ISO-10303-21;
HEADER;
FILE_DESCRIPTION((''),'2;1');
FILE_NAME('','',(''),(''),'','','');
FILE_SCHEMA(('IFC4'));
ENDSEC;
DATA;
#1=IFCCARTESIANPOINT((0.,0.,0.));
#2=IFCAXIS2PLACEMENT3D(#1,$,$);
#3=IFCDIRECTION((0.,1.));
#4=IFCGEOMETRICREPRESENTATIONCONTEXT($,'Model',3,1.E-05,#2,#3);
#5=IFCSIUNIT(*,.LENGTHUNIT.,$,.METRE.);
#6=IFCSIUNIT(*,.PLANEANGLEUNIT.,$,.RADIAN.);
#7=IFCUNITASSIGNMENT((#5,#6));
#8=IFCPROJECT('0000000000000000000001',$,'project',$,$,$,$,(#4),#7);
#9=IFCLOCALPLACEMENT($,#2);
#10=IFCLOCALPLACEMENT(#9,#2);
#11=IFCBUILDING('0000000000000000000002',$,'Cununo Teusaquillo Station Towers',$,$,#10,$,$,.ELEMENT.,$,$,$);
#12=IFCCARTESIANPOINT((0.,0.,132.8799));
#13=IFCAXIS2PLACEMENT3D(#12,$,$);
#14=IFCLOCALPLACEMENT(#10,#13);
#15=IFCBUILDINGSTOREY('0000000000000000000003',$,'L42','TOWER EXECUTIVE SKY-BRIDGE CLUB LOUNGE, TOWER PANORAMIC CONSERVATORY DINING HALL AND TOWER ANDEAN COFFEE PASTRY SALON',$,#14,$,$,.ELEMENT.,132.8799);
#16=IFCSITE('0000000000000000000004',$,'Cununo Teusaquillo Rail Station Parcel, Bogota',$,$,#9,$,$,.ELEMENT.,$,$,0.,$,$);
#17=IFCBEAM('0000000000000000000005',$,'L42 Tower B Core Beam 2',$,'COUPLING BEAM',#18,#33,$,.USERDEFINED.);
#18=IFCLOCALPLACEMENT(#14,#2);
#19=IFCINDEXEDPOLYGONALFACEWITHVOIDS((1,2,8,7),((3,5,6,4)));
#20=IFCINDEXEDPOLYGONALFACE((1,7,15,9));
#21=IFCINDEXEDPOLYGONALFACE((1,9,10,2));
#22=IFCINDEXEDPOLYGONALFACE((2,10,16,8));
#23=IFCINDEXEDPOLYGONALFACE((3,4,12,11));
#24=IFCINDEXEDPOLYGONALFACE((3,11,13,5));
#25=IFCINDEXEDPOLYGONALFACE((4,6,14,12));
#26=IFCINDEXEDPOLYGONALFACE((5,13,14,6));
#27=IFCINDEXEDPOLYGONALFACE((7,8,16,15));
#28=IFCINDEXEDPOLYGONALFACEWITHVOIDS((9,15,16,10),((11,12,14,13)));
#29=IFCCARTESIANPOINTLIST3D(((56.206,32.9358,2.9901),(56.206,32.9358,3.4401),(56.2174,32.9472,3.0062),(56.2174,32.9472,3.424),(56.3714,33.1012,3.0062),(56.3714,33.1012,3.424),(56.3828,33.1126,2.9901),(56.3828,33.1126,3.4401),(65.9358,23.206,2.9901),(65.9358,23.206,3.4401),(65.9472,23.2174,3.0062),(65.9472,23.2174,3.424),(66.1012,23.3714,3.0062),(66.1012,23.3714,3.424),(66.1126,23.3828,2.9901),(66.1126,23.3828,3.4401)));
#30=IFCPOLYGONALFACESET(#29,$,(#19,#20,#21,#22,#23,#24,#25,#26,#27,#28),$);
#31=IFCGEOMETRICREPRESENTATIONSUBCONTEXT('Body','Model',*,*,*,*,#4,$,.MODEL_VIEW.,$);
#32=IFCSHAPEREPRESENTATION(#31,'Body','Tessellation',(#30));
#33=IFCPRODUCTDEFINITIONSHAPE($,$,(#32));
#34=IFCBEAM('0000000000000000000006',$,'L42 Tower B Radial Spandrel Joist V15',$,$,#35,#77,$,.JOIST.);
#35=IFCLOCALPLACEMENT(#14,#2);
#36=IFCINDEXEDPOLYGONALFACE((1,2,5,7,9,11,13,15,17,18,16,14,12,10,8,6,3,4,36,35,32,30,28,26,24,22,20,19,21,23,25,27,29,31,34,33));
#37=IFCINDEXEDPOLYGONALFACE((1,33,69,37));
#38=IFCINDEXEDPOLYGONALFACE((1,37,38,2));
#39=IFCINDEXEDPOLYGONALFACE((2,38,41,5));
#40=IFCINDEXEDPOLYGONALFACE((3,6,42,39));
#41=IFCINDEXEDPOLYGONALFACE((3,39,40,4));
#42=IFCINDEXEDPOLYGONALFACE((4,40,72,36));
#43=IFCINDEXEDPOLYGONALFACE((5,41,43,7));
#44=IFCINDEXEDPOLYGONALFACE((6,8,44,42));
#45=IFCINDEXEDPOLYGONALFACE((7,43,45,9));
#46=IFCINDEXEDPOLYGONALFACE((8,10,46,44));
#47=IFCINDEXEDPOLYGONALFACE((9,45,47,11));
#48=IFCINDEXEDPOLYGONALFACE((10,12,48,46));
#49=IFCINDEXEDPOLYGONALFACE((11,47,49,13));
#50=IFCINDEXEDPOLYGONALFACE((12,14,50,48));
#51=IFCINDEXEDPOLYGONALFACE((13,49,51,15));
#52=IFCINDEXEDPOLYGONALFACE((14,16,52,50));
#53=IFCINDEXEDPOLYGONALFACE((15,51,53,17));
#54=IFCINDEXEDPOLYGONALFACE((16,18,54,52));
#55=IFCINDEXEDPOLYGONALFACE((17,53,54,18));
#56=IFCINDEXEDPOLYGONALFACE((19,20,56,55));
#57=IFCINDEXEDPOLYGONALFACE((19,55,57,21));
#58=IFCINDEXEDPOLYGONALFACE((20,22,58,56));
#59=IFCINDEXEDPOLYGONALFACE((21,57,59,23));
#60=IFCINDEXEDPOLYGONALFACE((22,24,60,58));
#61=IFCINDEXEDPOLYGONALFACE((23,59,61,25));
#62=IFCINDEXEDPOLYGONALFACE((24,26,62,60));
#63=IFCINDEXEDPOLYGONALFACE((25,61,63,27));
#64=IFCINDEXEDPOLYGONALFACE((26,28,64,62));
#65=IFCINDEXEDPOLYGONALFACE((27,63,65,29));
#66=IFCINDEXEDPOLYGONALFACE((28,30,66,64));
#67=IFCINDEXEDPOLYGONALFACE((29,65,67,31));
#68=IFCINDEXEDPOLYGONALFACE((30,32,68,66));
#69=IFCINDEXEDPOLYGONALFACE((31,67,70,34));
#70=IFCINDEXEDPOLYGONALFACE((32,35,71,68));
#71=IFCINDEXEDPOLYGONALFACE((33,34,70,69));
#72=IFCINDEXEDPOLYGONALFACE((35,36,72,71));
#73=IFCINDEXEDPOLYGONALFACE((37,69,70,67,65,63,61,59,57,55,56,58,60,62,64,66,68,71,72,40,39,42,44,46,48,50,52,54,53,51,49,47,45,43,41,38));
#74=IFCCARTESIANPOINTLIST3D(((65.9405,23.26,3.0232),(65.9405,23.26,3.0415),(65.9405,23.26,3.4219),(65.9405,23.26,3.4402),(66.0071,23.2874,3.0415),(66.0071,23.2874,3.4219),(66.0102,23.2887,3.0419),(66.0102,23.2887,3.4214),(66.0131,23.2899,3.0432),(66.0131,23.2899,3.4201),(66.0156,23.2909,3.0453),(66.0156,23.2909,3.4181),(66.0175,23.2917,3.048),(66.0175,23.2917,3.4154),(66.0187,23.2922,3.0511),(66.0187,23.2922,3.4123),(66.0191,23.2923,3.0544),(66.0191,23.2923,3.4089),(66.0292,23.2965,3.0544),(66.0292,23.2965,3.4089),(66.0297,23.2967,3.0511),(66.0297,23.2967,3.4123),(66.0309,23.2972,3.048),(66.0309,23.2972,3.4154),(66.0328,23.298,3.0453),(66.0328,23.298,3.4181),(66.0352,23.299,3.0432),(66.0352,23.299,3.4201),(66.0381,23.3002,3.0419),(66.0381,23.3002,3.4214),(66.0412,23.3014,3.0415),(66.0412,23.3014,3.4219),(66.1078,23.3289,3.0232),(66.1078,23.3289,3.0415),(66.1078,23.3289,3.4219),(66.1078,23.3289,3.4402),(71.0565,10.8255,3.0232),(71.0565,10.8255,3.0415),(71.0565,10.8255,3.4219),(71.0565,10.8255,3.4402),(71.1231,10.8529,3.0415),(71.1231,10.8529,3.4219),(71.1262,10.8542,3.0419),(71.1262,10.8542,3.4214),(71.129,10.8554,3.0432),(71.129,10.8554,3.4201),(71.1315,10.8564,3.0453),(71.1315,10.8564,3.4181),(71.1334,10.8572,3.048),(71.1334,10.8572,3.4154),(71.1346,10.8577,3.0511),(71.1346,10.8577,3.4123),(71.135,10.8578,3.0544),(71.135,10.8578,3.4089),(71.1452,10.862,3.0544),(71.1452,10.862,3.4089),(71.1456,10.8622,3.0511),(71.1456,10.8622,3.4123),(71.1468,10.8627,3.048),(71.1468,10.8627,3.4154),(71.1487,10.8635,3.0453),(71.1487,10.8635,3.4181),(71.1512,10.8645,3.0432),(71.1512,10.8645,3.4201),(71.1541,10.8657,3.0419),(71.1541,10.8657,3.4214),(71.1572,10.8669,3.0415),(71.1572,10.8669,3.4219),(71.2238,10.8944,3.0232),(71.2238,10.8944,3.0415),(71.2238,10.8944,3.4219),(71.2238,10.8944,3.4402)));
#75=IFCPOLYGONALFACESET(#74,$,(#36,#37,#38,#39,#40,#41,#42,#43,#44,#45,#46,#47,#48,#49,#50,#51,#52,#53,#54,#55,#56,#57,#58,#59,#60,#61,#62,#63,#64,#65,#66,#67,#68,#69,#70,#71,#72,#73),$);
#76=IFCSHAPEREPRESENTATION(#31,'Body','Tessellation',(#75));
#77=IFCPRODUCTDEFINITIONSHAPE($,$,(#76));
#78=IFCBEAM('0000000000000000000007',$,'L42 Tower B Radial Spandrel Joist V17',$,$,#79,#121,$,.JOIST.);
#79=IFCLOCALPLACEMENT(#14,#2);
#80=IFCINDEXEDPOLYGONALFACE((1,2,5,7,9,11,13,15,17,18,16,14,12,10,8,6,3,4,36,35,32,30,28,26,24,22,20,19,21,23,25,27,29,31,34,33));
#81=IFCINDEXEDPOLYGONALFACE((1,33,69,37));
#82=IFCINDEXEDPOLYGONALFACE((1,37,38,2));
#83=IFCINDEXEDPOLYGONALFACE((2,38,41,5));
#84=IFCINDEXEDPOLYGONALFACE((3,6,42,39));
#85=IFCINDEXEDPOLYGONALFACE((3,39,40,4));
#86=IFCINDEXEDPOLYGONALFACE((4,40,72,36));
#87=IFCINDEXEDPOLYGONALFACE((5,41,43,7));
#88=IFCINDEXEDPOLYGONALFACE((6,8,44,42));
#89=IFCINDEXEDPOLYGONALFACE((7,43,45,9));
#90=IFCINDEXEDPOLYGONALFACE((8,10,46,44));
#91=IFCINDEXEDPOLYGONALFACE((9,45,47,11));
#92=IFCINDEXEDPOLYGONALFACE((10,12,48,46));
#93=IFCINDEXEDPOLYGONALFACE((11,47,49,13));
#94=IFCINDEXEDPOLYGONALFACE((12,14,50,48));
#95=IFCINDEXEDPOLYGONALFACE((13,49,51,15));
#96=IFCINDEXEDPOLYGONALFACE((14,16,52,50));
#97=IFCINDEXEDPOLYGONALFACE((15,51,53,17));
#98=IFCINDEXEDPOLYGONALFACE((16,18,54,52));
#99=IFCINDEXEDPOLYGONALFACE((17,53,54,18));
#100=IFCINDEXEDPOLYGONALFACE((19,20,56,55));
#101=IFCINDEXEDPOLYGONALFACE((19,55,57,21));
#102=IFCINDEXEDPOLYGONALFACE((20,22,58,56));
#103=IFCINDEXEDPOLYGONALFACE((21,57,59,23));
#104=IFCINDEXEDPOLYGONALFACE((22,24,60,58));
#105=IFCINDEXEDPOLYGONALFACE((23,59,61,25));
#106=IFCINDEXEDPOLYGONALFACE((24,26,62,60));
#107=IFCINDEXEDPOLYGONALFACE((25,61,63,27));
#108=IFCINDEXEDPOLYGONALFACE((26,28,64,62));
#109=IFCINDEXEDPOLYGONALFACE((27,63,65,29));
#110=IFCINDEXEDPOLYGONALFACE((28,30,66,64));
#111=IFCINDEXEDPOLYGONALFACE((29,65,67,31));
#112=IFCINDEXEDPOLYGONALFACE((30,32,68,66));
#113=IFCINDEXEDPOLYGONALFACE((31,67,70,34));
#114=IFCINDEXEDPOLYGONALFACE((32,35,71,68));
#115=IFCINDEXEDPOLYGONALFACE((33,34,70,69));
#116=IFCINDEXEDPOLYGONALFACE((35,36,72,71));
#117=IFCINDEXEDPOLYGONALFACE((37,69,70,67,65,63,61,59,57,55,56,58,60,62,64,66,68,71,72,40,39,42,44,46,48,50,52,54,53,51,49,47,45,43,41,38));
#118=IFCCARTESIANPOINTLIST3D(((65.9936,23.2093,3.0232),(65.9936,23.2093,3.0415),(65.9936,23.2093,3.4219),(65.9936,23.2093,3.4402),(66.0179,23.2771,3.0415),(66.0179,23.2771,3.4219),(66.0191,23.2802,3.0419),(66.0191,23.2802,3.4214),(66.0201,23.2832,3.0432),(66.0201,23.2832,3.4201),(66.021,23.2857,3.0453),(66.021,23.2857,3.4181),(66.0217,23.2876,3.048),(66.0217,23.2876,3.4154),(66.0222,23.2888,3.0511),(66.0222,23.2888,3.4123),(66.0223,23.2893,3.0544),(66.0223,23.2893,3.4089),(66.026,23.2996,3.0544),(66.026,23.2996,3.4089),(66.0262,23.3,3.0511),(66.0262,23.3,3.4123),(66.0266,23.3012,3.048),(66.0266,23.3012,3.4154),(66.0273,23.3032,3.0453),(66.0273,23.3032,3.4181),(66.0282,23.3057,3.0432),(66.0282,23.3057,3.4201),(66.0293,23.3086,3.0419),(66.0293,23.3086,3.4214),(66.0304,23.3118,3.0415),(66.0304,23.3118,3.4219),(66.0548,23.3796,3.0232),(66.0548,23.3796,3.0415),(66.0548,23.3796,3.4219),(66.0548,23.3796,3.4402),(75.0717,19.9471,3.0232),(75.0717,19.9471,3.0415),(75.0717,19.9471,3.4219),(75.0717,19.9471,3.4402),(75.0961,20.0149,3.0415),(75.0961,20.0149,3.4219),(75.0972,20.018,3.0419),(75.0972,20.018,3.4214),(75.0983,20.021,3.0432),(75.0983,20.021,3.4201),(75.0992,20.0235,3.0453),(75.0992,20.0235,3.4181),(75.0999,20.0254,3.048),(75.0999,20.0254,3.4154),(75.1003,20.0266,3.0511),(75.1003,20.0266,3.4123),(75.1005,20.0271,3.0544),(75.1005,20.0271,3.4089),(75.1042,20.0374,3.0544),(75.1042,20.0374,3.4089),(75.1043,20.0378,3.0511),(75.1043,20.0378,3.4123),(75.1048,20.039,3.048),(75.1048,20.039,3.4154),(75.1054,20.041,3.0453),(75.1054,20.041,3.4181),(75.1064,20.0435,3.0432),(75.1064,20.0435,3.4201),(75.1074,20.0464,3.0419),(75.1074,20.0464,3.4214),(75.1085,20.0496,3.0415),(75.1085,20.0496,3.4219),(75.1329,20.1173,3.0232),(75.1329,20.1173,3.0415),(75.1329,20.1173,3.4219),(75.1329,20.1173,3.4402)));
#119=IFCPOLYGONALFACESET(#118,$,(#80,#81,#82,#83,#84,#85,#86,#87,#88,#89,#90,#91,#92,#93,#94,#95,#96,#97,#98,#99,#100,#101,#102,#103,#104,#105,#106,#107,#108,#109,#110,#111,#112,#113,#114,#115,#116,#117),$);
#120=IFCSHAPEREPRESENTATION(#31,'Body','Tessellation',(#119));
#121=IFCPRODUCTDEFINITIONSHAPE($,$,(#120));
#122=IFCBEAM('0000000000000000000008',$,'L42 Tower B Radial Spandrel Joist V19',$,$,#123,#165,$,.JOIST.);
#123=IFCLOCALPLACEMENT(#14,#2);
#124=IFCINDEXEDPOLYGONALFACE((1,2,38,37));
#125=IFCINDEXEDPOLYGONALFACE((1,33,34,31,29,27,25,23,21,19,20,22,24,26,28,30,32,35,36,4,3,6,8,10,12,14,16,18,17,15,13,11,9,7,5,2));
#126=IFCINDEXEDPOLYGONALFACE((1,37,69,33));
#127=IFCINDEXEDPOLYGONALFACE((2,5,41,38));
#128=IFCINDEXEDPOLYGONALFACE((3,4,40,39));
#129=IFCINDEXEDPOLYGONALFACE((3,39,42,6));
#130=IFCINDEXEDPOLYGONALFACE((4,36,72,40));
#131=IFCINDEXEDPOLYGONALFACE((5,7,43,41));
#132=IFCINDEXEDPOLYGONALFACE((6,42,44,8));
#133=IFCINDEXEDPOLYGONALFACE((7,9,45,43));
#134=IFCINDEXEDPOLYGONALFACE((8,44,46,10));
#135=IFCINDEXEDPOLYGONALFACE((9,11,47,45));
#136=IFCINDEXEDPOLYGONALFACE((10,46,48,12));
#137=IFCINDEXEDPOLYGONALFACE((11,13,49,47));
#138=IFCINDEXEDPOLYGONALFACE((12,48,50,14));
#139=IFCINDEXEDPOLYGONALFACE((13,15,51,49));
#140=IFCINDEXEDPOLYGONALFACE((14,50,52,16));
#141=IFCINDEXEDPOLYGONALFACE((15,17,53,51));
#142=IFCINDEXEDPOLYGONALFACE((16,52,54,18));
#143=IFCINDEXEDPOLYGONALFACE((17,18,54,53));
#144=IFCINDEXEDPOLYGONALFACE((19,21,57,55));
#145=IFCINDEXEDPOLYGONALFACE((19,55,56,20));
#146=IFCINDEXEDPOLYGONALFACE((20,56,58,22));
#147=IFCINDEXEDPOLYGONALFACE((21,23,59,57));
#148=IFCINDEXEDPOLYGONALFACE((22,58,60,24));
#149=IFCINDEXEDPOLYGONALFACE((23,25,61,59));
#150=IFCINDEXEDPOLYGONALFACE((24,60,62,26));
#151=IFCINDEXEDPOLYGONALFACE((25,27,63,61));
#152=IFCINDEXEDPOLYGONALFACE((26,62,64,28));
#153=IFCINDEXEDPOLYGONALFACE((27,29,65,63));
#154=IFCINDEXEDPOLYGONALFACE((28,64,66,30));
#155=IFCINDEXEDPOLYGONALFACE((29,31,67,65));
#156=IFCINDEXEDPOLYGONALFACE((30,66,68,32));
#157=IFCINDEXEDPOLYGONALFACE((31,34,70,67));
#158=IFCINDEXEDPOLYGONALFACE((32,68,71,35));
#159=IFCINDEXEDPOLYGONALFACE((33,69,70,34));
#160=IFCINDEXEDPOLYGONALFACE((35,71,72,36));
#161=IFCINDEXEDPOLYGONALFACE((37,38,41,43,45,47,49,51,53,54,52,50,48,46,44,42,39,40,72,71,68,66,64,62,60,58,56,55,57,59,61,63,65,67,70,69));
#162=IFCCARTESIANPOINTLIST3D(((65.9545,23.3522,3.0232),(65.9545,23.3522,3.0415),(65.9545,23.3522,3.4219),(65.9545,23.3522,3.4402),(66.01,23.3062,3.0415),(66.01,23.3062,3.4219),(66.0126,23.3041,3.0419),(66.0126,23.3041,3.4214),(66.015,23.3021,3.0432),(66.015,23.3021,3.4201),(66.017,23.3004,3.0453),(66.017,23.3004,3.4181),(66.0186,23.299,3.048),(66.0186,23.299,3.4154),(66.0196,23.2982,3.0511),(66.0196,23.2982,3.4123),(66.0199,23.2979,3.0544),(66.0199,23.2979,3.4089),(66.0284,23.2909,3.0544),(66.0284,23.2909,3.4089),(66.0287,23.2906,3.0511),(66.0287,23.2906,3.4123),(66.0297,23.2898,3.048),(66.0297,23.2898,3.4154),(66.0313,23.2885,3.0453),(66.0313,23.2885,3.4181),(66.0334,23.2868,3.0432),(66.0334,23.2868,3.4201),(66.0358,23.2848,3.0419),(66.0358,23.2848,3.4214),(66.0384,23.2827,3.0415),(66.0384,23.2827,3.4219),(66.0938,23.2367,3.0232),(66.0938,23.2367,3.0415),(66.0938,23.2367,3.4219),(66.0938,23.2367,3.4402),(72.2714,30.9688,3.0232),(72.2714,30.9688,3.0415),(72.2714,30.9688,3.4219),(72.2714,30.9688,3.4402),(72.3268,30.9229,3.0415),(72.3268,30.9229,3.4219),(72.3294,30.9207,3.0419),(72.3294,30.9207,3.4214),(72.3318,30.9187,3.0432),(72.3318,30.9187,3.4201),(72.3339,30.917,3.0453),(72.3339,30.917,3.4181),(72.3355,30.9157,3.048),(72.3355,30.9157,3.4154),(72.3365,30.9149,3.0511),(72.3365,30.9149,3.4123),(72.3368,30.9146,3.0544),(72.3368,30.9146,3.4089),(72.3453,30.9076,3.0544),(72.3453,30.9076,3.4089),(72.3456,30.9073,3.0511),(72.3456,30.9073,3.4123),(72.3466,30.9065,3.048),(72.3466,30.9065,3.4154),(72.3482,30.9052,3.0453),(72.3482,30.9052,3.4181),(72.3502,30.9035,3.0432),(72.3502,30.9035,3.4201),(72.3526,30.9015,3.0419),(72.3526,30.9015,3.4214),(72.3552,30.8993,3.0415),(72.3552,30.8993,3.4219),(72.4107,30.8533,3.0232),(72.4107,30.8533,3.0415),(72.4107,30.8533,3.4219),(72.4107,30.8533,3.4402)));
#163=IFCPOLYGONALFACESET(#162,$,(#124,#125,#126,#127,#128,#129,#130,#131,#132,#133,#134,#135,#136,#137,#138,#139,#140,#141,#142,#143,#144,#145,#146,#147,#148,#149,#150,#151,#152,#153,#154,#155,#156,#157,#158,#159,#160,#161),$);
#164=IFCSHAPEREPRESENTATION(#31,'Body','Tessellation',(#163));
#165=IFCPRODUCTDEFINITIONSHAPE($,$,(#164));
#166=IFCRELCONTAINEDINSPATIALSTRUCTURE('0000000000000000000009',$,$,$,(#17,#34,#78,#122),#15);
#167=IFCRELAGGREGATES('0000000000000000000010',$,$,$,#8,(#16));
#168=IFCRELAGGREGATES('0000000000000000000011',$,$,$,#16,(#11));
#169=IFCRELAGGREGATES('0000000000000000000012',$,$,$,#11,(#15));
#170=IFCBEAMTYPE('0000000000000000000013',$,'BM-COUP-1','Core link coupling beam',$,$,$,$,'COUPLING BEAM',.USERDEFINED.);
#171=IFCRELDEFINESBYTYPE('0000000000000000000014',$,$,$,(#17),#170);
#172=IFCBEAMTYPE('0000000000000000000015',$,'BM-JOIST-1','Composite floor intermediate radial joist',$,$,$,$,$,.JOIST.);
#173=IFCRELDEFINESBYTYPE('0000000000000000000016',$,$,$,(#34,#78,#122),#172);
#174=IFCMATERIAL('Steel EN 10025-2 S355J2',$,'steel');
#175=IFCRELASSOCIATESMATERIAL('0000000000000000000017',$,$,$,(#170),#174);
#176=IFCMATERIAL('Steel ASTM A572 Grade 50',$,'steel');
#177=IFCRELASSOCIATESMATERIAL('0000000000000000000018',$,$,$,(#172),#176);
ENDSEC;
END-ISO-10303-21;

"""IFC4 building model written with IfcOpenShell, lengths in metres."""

from ifc_helpers import new_model, si_unit, direction, frame, origin, origin_2d, place, context, subcontext, project, spatial, hollow_rectangle, i_section, extrude, material, material_profile, profile_set, type_object, element, save


model = new_model("IFC4")

# Units and contexts
model_context = context("Model", 3, precision=1e-05, world=origin(), true_north=direction((0.0, 1.0)))
body_context = subcontext(model_context, "Body", "Model", "MODEL_VIEW")
ifc_project = project(units=[si_unit("LENGTHUNIT", "METRE"), si_unit("PLANEANGLEUNIT", "RADIAN")], contexts=[model_context])

# Site, building, storey
site_placement = place(None, origin())
site = spatial("IfcSite", under=ifc_project, at=site_placement, Name="Cununo Teusaquillo Rail Station Parcel, Bogota", CompositionType="ELEMENT", RefElevation=0.0)
building_placement = place(site_placement, origin())
building = spatial("IfcBuilding", under=site, at=building_placement, Name="Cununo Teusaquillo Station Towers", CompositionType="ELEMENT")
storey_placement = place(building_placement, frame((0.0, 0.0, 132.8799)))
storey = spatial("IfcBuildingStorey", under=building, at=storey_placement, Name="L42", Description="TOWER EXECUTIVE SKY-BRIDGE CLUB LOUNGE, TOWER PANORAMIC CONSERVATORY DINING HALL AND TOWER ANDEAN COFFEE PASTRY SALON", CompositionType="ELEMENT", Elevation=132.8799)

# Beams
ifc_material_1 = material(Name="Steel EN 10025-2 S355J2", Category="steel")
ifc_material_profile_1 = material_profile(ifc_material_1, hollow_rectangle(XDim=0.25, YDim=0.45, WallThickness=0.0161, at=origin_2d()), Name="RHS 450x250x16")
ifc_profile_set_1 = profile_set([ifc_material_profile_1], Name="Steel EN 10025-2 S355J2")
beam_type_1 = type_object("IfcBeamType", Name="BM-COUP-1", Description="Core link coupling beam", ElementType="COUPLING BEAM", PredefinedType="USERDEFINED", material=ifc_profile_set_1)
beam_1_placement = place(storey_placement, frame((66.0242, 23.2944, 3.2151), z_axis=(-0.707107, 0.707107, 0.0), x_axis=(-0.707107, -0.707107, 0.0)))
element("IfcBeam", 1, at=beam_1_placement, inside=storey, type_object=beam_type_1, Name="L42 Tower B Core Beam 2", ObjectType="COUPLING BEAM", PredefinedType="USERDEFINED", context=body_context, shape_type="SweptSolid", body=[
    extrude(hollow_rectangle(XDim=0.25, YDim=0.45, WallThickness=0.0161, at=origin_2d()), origin(), (0.0, 0.0, 1.0), 13.76),
])
ifc_material_2 = material(Name="Steel ASTM A572 Grade 50", Category="steel")
ifc_material_profile_2 = material_profile(ifc_material_2, i_section(OverallWidth=0.1809, OverallDepth=0.417, WebThickness=0.011, FlangeThickness=0.0183, FilletRadius=0.0129, at=origin_2d()), Name="W16X57")
ifc_profile_set_2 = profile_set([ifc_material_profile_2], Name="Steel ASTM A572 Grade 50")
beam_type_2 = type_object("IfcBeamType", Name="BM-JOIST-1", Description="Composite floor intermediate radial joist", PredefinedType="JOIST", material=ifc_profile_set_2)
beam_2_placement = place(storey_placement, frame((66.0242, 23.2944, 3.2317), z_axis=(0.380486, -0.924787, 0.0), x_axis=(0.924787, 0.380486, 0.0)))
element("IfcBeam", 2, at=beam_2_placement, inside=storey, type_object=beam_type_2, Name="L42 Tower B Radial Spandrel Joist V15", PredefinedType="JOIST", context=body_context, shape_type="SweptSolid", body=[
    extrude(i_section(OverallWidth=0.1809, OverallDepth=0.417, WebThickness=0.011, FlangeThickness=0.0183, FilletRadius=0.0129, at=origin_2d()), origin(), (0.0, 0.0, 1.0), 13.4458),
])
beam_3_placement = place(storey_placement, frame((66.0242, 23.2944, 3.2317), z_axis=(0.941083, -0.338176, 0.0), x_axis=(0.338176, 0.941083, 0.0)))
element("IfcBeam", 3, at=beam_3_placement, inside=storey, type_object=beam_type_2, Name="L42 Tower B Radial Spandrel Joist V17", PredefinedType="JOIST", context=body_context, shape_type="SweptSolid", body=[
    extrude(i_section(OverallWidth=0.1809, OverallDepth=0.417, WebThickness=0.011, FlangeThickness=0.0183, FilletRadius=0.0129, at=origin_2d()), origin(), (0.0, 0.0, 1.0), 9.6465),
])
beam_4_placement = place(storey_placement, frame((66.0242, 23.2944, 3.2317), z_axis=(0.638372, 0.769728, 0.0), x_axis=(-0.769728, 0.638372, 0.0)))
element("IfcBeam", 4, at=beam_4_placement, inside=storey, type_object=beam_type_2, Name="L42 Tower B Radial Spandrel Joist V19", PredefinedType="JOIST", context=body_context, shape_type="SweptSolid", body=[
    extrude(i_section(OverallWidth=0.1809, OverallDepth=0.417, WebThickness=0.011, FlangeThickness=0.0183, FilletRadius=0.0129, at=origin_2d()), origin(), (0.0, 0.0, 1.0), 9.8953),
])

save(model, "model.ifc")
